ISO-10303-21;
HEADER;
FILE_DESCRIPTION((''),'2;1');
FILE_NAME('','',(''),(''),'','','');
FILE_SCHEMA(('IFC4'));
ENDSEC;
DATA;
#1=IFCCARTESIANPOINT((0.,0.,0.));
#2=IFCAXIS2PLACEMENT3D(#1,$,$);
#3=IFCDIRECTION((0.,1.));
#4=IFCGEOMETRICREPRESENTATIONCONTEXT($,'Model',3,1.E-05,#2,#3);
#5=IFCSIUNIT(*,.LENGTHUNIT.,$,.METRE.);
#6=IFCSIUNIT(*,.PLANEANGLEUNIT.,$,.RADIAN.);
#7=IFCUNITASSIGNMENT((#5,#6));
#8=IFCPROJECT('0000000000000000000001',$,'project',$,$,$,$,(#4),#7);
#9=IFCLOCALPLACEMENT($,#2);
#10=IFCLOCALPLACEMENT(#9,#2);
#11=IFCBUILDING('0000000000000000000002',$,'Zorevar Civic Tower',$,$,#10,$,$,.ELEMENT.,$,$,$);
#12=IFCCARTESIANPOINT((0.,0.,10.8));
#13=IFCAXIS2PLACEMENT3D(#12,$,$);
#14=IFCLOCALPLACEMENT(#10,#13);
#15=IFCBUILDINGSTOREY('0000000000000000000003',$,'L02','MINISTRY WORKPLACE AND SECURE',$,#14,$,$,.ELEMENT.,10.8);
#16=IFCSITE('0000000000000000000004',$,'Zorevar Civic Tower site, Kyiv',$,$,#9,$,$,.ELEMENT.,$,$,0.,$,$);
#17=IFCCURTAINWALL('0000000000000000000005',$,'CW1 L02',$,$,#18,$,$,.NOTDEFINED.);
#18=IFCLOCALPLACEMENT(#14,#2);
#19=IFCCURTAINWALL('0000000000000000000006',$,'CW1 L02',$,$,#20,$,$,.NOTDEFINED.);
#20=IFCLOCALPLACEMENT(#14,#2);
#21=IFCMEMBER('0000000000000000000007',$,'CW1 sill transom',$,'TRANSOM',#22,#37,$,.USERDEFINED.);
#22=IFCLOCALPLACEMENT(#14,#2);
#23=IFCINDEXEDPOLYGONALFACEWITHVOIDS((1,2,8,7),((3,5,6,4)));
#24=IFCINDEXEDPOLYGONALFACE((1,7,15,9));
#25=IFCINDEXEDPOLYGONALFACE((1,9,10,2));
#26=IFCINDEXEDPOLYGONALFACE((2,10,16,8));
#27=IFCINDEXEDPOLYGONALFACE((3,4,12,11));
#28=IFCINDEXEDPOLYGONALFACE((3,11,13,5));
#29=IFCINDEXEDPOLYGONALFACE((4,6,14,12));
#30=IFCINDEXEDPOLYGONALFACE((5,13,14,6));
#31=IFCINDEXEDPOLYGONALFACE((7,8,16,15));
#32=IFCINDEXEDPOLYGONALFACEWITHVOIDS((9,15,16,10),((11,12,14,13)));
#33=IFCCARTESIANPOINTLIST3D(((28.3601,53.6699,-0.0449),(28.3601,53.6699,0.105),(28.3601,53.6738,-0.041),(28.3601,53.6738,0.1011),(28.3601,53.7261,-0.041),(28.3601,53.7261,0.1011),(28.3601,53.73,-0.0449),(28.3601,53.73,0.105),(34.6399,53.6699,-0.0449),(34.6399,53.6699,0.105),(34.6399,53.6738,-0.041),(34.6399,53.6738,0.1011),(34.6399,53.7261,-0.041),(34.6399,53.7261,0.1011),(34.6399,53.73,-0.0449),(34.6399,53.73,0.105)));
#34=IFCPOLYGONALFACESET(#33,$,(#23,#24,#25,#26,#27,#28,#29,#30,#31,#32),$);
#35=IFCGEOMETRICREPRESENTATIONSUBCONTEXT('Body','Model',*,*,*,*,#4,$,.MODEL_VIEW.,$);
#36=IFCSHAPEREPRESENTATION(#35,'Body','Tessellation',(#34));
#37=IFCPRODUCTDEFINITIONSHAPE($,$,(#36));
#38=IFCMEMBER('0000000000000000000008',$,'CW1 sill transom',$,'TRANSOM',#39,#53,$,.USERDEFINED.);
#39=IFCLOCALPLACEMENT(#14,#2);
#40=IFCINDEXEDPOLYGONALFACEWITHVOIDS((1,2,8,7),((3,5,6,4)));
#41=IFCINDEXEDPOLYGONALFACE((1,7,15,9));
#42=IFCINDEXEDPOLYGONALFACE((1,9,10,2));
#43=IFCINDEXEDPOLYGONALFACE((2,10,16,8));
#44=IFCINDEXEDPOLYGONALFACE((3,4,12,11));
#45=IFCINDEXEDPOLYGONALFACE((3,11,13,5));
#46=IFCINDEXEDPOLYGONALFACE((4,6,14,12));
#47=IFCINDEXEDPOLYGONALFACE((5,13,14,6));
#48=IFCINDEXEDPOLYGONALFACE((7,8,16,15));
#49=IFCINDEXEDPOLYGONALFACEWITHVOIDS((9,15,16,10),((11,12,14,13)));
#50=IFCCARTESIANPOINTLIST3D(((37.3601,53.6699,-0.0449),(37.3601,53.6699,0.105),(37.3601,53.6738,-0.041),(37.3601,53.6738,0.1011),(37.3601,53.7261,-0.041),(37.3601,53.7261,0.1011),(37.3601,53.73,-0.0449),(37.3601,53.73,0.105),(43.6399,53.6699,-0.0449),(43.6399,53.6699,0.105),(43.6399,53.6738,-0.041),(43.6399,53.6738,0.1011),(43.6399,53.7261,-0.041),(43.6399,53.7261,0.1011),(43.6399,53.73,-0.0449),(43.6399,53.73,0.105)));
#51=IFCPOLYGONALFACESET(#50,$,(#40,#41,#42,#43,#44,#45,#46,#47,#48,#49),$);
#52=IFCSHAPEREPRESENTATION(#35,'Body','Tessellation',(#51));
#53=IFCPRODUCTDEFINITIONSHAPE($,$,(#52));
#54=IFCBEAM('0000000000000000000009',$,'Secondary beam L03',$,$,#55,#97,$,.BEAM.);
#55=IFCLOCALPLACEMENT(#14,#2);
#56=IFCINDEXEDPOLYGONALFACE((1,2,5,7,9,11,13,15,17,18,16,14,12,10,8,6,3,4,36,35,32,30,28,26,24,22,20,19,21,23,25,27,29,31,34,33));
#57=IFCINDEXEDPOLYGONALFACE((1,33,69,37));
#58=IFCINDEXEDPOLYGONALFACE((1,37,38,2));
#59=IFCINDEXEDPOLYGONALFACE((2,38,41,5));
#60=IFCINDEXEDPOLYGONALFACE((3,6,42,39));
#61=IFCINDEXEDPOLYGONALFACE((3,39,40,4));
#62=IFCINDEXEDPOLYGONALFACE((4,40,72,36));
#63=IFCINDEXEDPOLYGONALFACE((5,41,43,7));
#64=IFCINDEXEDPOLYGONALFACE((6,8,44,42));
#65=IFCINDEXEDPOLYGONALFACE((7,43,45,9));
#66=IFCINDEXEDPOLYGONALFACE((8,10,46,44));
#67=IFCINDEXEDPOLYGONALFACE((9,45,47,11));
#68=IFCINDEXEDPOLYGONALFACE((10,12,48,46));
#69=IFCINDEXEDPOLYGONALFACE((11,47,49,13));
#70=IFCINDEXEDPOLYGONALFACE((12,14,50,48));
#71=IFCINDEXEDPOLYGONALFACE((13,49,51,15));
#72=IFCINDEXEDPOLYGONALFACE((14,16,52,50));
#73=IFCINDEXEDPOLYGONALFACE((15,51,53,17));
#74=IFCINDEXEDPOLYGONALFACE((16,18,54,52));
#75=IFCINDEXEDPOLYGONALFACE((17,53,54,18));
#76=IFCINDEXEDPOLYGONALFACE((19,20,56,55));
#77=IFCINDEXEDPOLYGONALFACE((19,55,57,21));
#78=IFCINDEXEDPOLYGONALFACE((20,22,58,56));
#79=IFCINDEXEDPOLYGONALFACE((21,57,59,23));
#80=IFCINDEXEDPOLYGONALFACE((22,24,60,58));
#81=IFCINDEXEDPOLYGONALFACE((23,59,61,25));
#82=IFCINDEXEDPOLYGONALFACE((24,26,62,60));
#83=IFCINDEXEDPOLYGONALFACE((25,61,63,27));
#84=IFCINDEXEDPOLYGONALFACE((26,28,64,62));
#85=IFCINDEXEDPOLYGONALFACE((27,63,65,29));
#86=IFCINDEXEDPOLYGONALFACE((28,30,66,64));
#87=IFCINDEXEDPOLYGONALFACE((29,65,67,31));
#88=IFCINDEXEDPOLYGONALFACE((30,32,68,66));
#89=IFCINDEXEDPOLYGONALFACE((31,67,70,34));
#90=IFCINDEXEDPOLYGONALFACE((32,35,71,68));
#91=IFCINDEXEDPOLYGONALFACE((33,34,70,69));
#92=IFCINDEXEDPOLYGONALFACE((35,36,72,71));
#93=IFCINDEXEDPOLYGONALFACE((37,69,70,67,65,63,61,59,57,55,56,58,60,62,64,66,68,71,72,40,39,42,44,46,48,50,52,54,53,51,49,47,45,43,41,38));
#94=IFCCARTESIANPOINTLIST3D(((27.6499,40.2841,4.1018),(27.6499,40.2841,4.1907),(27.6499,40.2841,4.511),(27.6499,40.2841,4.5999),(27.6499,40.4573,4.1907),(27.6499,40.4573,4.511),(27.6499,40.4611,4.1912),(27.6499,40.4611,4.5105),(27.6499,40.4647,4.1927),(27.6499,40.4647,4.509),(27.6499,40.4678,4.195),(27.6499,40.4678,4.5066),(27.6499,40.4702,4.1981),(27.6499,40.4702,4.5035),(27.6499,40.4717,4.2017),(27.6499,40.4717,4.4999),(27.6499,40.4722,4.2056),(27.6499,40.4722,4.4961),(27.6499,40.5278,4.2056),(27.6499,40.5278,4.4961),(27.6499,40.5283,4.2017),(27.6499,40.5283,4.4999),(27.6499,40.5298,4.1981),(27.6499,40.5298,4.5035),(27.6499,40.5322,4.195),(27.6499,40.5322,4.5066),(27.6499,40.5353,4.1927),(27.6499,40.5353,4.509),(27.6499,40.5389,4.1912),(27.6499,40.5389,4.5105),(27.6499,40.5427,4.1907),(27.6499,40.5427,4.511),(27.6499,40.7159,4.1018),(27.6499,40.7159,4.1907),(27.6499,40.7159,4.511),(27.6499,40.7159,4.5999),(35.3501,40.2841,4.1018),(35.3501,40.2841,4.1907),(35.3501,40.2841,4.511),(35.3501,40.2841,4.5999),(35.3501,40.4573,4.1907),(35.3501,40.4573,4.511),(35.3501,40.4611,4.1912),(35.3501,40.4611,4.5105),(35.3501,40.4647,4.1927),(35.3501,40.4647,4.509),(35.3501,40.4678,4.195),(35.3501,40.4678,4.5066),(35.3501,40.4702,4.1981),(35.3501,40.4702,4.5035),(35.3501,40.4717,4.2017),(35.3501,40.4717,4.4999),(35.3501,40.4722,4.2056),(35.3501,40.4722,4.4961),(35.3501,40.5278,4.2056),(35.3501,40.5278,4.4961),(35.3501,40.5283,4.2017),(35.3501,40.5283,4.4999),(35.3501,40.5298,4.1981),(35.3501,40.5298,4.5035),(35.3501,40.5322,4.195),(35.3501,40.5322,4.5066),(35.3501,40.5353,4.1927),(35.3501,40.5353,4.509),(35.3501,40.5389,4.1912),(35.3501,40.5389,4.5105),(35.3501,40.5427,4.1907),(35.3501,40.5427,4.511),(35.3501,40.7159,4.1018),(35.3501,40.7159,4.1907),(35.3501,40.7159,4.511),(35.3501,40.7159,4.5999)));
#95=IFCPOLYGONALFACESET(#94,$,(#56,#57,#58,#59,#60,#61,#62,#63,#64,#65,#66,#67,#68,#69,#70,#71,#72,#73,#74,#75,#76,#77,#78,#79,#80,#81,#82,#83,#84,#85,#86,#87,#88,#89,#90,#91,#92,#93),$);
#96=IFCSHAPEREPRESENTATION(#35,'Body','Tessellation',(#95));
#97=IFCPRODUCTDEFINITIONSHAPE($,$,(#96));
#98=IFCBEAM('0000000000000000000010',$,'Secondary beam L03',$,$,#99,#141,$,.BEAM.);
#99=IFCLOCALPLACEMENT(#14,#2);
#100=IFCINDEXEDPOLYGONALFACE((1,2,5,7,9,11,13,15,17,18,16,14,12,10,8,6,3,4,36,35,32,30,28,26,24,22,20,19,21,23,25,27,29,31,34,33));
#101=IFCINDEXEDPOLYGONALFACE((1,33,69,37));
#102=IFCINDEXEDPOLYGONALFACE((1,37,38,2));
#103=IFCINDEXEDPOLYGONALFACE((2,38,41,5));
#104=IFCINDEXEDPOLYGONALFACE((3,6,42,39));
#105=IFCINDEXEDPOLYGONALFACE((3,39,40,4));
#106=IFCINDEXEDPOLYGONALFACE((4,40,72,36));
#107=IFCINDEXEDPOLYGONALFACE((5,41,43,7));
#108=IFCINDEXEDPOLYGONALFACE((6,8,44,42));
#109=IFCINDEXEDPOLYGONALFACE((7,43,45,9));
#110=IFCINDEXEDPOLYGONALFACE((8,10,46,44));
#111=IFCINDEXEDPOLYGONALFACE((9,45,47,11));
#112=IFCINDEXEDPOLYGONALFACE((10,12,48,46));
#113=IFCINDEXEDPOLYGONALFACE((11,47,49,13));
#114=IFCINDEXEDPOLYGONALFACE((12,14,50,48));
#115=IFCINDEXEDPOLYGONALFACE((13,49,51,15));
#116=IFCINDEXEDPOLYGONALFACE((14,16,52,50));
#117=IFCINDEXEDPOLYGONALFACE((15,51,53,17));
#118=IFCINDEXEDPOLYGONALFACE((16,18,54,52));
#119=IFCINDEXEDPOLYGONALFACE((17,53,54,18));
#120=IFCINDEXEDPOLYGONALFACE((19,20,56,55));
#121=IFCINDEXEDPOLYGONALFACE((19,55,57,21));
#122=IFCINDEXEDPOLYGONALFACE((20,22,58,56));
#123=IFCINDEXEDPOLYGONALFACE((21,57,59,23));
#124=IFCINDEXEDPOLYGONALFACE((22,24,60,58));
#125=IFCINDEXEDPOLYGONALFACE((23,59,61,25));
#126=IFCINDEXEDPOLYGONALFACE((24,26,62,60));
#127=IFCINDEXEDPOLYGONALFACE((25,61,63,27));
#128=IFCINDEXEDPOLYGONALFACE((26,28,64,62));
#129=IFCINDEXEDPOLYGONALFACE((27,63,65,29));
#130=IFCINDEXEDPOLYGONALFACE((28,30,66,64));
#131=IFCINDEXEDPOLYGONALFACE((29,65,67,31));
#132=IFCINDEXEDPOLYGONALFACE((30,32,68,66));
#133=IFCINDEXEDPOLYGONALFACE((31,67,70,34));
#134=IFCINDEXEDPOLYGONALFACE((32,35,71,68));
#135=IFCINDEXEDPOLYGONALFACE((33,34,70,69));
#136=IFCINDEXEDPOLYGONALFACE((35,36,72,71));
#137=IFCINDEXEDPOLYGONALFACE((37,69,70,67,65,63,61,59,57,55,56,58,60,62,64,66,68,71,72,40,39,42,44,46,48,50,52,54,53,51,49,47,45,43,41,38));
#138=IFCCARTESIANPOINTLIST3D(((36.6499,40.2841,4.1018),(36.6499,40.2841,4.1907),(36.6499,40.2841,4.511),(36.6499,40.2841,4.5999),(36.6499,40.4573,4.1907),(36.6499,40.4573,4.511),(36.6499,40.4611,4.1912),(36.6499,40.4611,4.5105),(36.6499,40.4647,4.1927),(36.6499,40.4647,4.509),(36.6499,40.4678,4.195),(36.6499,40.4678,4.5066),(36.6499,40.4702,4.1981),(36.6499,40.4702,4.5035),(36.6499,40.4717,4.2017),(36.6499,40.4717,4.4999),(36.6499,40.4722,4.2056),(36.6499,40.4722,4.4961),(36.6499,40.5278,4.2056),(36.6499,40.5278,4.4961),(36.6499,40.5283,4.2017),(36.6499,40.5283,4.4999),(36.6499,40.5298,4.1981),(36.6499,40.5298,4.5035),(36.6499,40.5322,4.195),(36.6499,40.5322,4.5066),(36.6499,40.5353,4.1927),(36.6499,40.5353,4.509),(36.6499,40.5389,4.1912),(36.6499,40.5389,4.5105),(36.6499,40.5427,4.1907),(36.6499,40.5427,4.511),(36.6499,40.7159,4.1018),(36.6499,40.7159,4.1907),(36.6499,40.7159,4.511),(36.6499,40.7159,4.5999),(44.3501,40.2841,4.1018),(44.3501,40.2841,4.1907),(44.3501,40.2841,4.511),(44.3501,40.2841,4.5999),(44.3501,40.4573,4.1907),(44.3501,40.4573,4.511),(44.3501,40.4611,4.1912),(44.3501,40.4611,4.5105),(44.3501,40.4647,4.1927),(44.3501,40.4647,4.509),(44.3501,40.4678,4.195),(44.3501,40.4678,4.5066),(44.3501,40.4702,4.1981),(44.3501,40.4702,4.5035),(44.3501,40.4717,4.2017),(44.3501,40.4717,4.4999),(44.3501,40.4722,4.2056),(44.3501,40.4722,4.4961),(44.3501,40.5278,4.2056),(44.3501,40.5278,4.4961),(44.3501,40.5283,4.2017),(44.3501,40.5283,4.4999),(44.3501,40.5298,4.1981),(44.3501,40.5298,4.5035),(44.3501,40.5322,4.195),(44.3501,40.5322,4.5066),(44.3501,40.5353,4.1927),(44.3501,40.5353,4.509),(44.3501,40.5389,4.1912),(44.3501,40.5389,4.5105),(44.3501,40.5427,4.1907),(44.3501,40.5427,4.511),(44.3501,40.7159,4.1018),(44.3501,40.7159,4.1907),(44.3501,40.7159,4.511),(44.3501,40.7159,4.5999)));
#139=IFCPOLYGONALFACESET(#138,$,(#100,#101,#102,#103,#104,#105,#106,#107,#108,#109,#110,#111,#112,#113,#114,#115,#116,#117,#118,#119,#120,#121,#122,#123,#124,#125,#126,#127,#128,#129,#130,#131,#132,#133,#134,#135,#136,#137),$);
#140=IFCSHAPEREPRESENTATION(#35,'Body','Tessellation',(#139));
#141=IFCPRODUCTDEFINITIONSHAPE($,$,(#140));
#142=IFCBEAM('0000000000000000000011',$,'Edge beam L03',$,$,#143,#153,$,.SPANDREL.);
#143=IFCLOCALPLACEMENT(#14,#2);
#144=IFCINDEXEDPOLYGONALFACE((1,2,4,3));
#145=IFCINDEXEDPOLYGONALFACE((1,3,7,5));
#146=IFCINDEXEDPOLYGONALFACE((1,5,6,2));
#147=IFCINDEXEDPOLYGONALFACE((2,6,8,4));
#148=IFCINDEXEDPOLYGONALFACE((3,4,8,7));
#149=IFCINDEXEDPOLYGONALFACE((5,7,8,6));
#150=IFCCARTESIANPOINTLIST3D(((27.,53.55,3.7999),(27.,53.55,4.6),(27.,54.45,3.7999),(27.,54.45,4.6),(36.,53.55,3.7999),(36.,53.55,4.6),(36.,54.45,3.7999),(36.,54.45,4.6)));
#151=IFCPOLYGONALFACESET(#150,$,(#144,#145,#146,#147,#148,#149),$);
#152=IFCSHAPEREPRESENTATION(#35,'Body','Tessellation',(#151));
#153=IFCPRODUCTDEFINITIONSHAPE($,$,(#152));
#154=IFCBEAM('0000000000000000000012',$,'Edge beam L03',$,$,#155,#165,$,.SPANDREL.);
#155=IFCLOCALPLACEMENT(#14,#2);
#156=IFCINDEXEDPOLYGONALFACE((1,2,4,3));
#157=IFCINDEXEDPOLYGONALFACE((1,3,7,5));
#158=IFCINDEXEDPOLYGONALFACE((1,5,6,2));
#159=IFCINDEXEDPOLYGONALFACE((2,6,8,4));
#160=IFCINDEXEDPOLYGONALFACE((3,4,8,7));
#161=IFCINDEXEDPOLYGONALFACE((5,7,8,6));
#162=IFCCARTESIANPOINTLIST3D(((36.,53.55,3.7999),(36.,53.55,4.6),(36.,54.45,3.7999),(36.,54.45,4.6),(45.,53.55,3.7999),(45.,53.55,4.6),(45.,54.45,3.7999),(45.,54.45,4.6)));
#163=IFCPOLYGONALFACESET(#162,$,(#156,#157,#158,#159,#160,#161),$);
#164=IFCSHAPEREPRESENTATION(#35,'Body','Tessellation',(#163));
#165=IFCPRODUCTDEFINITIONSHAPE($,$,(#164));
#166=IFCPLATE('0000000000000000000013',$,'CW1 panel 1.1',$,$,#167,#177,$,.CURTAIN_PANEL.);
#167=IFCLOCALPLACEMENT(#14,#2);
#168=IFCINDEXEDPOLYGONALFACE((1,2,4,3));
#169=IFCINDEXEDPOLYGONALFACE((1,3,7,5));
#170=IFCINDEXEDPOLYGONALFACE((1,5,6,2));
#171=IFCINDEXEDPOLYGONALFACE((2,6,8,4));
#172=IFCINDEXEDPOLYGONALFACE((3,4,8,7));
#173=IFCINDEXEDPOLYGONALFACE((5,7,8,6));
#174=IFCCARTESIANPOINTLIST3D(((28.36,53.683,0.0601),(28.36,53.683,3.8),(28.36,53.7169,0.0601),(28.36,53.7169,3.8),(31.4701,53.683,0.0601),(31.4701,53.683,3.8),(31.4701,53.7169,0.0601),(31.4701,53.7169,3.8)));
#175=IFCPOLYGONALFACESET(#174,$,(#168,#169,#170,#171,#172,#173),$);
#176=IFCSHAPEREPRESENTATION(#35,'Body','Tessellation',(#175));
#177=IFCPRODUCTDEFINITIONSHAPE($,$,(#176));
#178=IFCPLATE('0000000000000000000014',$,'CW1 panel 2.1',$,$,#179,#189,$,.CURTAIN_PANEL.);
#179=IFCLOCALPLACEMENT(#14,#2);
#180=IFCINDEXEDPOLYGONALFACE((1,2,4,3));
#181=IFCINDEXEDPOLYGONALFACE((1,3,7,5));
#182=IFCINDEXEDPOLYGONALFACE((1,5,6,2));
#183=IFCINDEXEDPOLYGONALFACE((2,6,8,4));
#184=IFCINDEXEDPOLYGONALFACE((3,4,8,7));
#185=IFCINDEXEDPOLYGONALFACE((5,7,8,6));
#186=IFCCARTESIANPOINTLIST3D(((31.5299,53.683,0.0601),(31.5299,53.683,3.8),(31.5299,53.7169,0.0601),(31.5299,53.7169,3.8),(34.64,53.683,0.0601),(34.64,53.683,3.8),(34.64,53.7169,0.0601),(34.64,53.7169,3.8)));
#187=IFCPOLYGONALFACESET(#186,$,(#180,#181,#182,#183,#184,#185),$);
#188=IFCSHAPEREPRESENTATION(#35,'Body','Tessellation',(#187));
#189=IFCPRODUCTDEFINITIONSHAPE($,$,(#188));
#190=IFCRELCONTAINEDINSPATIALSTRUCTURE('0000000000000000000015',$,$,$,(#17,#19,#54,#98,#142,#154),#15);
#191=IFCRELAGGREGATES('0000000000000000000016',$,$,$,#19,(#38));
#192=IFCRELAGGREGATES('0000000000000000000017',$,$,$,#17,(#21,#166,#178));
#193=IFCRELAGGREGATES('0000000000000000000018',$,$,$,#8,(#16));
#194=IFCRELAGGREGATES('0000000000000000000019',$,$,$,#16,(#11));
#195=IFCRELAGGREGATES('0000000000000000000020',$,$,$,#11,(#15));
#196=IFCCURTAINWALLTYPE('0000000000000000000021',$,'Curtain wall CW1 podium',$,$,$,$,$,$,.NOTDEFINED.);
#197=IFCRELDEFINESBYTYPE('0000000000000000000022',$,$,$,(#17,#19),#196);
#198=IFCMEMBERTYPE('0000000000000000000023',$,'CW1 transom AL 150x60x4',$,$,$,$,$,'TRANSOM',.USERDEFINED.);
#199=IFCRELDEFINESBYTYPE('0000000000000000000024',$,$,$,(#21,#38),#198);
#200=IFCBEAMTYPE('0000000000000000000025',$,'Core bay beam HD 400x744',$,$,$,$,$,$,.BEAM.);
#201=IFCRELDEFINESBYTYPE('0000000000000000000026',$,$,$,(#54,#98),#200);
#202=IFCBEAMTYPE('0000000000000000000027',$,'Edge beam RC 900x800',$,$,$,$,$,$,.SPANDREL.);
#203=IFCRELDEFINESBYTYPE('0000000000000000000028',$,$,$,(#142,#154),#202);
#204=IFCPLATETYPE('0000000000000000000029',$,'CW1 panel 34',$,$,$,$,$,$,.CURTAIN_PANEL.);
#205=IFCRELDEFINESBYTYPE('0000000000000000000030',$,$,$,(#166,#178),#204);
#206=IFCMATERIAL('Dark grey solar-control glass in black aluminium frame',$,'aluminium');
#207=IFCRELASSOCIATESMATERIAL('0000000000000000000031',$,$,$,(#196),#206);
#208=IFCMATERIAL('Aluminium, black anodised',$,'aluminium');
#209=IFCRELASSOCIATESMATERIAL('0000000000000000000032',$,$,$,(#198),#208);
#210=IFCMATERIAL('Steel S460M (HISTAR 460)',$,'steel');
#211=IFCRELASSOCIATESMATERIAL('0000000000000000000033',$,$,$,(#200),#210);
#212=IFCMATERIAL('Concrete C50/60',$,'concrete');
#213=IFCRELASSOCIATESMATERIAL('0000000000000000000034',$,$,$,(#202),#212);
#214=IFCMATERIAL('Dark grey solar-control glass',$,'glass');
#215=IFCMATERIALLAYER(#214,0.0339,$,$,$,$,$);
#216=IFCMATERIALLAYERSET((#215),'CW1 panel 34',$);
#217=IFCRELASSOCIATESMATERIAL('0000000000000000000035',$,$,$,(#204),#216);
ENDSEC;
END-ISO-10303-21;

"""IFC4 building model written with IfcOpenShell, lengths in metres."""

from ifc_helpers import new_model, si_unit, direction, frame, origin, origin_2d, place, context, subcontext, project, spatial, rectangle, hollow_rectangle, i_section, extrude, material, layer, layer_set, material_profile, profile_set, type_object, element, aggregate, save


model = new_model("IFC4")

# Units and contexts
model_context = context("Model", 3, precision=1e-05, world=origin(), true_north=direction((0.0, 1.0)))
body_context = subcontext(model_context, "Body", "Model", "MODEL_VIEW")
ifc_project = project(units=[si_unit("LENGTHUNIT", "METRE"), si_unit("PLANEANGLEUNIT", "RADIAN")], contexts=[model_context])

# Site, building, storey
site_placement = place(None, origin())
site = spatial("IfcSite", under=ifc_project, at=site_placement, Name="Zorevar Civic Tower site, Kyiv", CompositionType="ELEMENT", RefElevation=0.0)
building_placement = place(site_placement, origin())
building = spatial("IfcBuilding", under=site, at=building_placement, Name="Zorevar Civic Tower", CompositionType="ELEMENT")
storey_placement = place(building_placement, frame((0.0, 0.0, 10.8)))
storey = spatial("IfcBuildingStorey", under=building, at=storey_placement, Name="L02", Description="MINISTRY WORKPLACE AND SECURE", CompositionType="ELEMENT", Elevation=10.8)

# Curtain wall
ifc_material_1 = material(Name="Dark grey solar-control glass in black aluminium frame", Category="aluminium")
curtain_wall_type = type_object("IfcCurtainWallType", Name="Curtain wall CW1 podium", PredefinedType="NOTDEFINED", material=ifc_material_1)
curtain_wall_1_placement = place(storey_placement, origin())
curtain_wall_1 = element("IfcCurtainWall", 1, at=curtain_wall_1_placement, inside=storey, type_object=curtain_wall_type, Name="CW1 L02", PredefinedType="NOTDEFINED")

# Curtain wall
curtain_wall_2_placement = place(storey_placement, origin())
curtain_wall_2 = element("IfcCurtainWall", 2, at=curtain_wall_2_placement, inside=storey, type_object=curtain_wall_type, Name="CW1 L02", PredefinedType="NOTDEFINED")

# Members
ifc_material_2 = material(Name="Aluminium, black anodised", Category="aluminium")
ifc_material_profile_1 = material_profile(ifc_material_2, hollow_rectangle(XDim=0.0601, YDim=0.1499, WallThickness=0.0039, at=origin_2d()), Name="AL 150x60x4")
ifc_profile_set_1 = profile_set([ifc_material_profile_1], Name="Aluminium, black anodised")
member_type_1 = type_object("IfcMemberType", Name="CW1 transom AL 150x60x4", ElementType="TRANSOM", PredefinedType="USERDEFINED", material=ifc_profile_set_1)
member_1_placement = place(storey_placement, frame((28.3601, 53.7, 0.03), z_axis=(1.0, 0.0, 0.0), x_axis=(0.0, 1.0, 0.0)))
member_1 = element("IfcMember", 3, at=member_1_placement, type_object=member_type_1, Name="CW1 sill transom", ObjectType="TRANSOM", PredefinedType="USERDEFINED", context=body_context, shape_type="SweptSolid", body=[
    extrude(hollow_rectangle(XDim=0.0601, YDim=0.1499, WallThickness=0.0039, at=origin_2d()), origin(), (0.0, 0.0, 1.0), 6.2798),
])
member_2_placement = place(storey_placement, frame((37.3601, 53.7, 0.03), z_axis=(1.0, 0.0, 0.0), x_axis=(0.0, 1.0, 0.0)))
member_2 = element("IfcMember", 4, at=member_2_placement, type_object=member_type_1, Name="CW1 sill transom", ObjectType="TRANSOM", PredefinedType="USERDEFINED", context=body_context, shape_type="SweptSolid", body=[
    extrude(hollow_rectangle(XDim=0.0601, YDim=0.1499, WallThickness=0.0039, at=origin_2d()), origin(), (0.0, 0.0, 1.0), 6.2798),
])
aggregate(curtain_wall_2, [member_2])

# Beams
ifc_material_3 = material(Name="Steel S460M (HISTAR 460)", Category="steel")
ifc_material_profile_2 = material_profile(ifc_material_3, i_section(OverallWidth=0.4319, OverallDepth=0.498, WebThickness=0.0557, FlangeThickness=0.0889, FilletRadius=0.0149, at=origin_2d()), Name="HD 400x744")
ifc_profile_set_2 = profile_set([ifc_material_profile_2], Name="Steel S460M (HISTAR 460)")
beam_type_1 = type_object("IfcBeamType", Name="Core bay beam HD 400x744", PredefinedType="BEAM", material=ifc_profile_set_2)
for number, where, z_axis, x_axis, name in (
    (5, (27.6499, 40.5, 4.3508), (1.0, 0.0, 0.0), (0.0, 1.0, 0.0), "Secondary beam L03"),
    (6, (36.6499, 40.5, 4.3508), (1.0, 0.0, 0.0), (0.0, 1.0, 0.0), "Secondary beam L03"),
):
    element("IfcBeam", number, at=place(storey_placement, frame(where, z_axis=z_axis, x_axis=x_axis)), inside=storey, type_object=beam_type_1, Name=name, PredefinedType="BEAM", context=body_context, shape_type="SweptSolid", body=[
        extrude(i_section(OverallWidth=0.4319, OverallDepth=0.498, WebThickness=0.0557, FlangeThickness=0.0889, FilletRadius=0.0149, at=origin_2d()), origin(), (0.0, 0.0, 1.0), 7.7002),
    ])
ifc_material_4 = material(Name="Concrete C50/60", Category="concrete")
ifc_material_profile_3 = material_profile(ifc_material_4, rectangle(XDim=0.8999, YDim=0.8, at=origin_2d()), Name="RC 900x800")
ifc_profile_set_3 = profile_set([ifc_material_profile_3], Name="Concrete C50/60")
beam_type_2 = type_object("IfcBeamType", Name="Edge beam RC 900x800", PredefinedType="SPANDREL", material=ifc_profile_set_3)
for number, where, z_axis, x_axis, name in (
    (7, (27.0, 54.0, 4.2), (1.0, 0.0, 0.0), (0.0, 1.0, 0.0), "Edge beam L03"),
    (8, (36.0, 54.0, 4.2), (1.0, 0.0, 0.0), (0.0, 1.0, 0.0), "Edge beam L03"),
):
    element("IfcBeam", number, at=place(storey_placement, frame(where, z_axis=z_axis, x_axis=x_axis)), inside=storey, type_object=beam_type_2, Name=name, PredefinedType="SPANDREL", context=body_context, shape_type="SweptSolid", body=[
        extrude(rectangle(XDim=0.8999, YDim=0.8, at=origin_2d()), origin(), (0.0, 0.0, 1.0), 9.0),
    ])

# Plates
ifc_material_5 = material(Name="Dark grey solar-control glass", Category="glass")
ifc_layer_1 = layer(ifc_material_5, 0.0339)
ifc_layer_set_1 = layer_set([ifc_layer_1], Name="CW1 panel 34")
plate_type = type_object("IfcPlateType", Name="CW1 panel 34", PredefinedType="CURTAIN_PANEL", material=ifc_layer_set_1)
plate_1_placement = place(storey_placement, frame((29.915, 53.7, 0.0601), z_axis=(0.0, 0.0, 1.0), x_axis=(1.0, 0.0, 0.0)))
plate_1 = element("IfcPlate", 9, at=plate_1_placement, type_object=plate_type, Name="CW1 panel 1.1", PredefinedType="CURTAIN_PANEL", context=body_context, shape_type="SweptSolid", body=[
    extrude(rectangle(XDim=3.1101, YDim=0.0339, at=origin_2d()), origin(), (0.0, 0.0, 1.0), 3.74),
])
plate_2_placement = place(storey_placement, frame((33.085, 53.7, 0.0601), z_axis=(0.0, 0.0, 1.0), x_axis=(1.0, 0.0, 0.0)))
plate_2 = element("IfcPlate", 10, at=plate_2_placement, type_object=plate_type, Name="CW1 panel 2.1", PredefinedType="CURTAIN_PANEL", context=body_context, shape_type="SweptSolid", body=[
    extrude(rectangle(XDim=3.1101, YDim=0.0339, at=origin_2d()), origin(), (0.0, 0.0, 1.0), 3.74),
])
aggregate(curtain_wall_1, [member_1, plate_1, plate_2])

save(model, "model.ifc")
